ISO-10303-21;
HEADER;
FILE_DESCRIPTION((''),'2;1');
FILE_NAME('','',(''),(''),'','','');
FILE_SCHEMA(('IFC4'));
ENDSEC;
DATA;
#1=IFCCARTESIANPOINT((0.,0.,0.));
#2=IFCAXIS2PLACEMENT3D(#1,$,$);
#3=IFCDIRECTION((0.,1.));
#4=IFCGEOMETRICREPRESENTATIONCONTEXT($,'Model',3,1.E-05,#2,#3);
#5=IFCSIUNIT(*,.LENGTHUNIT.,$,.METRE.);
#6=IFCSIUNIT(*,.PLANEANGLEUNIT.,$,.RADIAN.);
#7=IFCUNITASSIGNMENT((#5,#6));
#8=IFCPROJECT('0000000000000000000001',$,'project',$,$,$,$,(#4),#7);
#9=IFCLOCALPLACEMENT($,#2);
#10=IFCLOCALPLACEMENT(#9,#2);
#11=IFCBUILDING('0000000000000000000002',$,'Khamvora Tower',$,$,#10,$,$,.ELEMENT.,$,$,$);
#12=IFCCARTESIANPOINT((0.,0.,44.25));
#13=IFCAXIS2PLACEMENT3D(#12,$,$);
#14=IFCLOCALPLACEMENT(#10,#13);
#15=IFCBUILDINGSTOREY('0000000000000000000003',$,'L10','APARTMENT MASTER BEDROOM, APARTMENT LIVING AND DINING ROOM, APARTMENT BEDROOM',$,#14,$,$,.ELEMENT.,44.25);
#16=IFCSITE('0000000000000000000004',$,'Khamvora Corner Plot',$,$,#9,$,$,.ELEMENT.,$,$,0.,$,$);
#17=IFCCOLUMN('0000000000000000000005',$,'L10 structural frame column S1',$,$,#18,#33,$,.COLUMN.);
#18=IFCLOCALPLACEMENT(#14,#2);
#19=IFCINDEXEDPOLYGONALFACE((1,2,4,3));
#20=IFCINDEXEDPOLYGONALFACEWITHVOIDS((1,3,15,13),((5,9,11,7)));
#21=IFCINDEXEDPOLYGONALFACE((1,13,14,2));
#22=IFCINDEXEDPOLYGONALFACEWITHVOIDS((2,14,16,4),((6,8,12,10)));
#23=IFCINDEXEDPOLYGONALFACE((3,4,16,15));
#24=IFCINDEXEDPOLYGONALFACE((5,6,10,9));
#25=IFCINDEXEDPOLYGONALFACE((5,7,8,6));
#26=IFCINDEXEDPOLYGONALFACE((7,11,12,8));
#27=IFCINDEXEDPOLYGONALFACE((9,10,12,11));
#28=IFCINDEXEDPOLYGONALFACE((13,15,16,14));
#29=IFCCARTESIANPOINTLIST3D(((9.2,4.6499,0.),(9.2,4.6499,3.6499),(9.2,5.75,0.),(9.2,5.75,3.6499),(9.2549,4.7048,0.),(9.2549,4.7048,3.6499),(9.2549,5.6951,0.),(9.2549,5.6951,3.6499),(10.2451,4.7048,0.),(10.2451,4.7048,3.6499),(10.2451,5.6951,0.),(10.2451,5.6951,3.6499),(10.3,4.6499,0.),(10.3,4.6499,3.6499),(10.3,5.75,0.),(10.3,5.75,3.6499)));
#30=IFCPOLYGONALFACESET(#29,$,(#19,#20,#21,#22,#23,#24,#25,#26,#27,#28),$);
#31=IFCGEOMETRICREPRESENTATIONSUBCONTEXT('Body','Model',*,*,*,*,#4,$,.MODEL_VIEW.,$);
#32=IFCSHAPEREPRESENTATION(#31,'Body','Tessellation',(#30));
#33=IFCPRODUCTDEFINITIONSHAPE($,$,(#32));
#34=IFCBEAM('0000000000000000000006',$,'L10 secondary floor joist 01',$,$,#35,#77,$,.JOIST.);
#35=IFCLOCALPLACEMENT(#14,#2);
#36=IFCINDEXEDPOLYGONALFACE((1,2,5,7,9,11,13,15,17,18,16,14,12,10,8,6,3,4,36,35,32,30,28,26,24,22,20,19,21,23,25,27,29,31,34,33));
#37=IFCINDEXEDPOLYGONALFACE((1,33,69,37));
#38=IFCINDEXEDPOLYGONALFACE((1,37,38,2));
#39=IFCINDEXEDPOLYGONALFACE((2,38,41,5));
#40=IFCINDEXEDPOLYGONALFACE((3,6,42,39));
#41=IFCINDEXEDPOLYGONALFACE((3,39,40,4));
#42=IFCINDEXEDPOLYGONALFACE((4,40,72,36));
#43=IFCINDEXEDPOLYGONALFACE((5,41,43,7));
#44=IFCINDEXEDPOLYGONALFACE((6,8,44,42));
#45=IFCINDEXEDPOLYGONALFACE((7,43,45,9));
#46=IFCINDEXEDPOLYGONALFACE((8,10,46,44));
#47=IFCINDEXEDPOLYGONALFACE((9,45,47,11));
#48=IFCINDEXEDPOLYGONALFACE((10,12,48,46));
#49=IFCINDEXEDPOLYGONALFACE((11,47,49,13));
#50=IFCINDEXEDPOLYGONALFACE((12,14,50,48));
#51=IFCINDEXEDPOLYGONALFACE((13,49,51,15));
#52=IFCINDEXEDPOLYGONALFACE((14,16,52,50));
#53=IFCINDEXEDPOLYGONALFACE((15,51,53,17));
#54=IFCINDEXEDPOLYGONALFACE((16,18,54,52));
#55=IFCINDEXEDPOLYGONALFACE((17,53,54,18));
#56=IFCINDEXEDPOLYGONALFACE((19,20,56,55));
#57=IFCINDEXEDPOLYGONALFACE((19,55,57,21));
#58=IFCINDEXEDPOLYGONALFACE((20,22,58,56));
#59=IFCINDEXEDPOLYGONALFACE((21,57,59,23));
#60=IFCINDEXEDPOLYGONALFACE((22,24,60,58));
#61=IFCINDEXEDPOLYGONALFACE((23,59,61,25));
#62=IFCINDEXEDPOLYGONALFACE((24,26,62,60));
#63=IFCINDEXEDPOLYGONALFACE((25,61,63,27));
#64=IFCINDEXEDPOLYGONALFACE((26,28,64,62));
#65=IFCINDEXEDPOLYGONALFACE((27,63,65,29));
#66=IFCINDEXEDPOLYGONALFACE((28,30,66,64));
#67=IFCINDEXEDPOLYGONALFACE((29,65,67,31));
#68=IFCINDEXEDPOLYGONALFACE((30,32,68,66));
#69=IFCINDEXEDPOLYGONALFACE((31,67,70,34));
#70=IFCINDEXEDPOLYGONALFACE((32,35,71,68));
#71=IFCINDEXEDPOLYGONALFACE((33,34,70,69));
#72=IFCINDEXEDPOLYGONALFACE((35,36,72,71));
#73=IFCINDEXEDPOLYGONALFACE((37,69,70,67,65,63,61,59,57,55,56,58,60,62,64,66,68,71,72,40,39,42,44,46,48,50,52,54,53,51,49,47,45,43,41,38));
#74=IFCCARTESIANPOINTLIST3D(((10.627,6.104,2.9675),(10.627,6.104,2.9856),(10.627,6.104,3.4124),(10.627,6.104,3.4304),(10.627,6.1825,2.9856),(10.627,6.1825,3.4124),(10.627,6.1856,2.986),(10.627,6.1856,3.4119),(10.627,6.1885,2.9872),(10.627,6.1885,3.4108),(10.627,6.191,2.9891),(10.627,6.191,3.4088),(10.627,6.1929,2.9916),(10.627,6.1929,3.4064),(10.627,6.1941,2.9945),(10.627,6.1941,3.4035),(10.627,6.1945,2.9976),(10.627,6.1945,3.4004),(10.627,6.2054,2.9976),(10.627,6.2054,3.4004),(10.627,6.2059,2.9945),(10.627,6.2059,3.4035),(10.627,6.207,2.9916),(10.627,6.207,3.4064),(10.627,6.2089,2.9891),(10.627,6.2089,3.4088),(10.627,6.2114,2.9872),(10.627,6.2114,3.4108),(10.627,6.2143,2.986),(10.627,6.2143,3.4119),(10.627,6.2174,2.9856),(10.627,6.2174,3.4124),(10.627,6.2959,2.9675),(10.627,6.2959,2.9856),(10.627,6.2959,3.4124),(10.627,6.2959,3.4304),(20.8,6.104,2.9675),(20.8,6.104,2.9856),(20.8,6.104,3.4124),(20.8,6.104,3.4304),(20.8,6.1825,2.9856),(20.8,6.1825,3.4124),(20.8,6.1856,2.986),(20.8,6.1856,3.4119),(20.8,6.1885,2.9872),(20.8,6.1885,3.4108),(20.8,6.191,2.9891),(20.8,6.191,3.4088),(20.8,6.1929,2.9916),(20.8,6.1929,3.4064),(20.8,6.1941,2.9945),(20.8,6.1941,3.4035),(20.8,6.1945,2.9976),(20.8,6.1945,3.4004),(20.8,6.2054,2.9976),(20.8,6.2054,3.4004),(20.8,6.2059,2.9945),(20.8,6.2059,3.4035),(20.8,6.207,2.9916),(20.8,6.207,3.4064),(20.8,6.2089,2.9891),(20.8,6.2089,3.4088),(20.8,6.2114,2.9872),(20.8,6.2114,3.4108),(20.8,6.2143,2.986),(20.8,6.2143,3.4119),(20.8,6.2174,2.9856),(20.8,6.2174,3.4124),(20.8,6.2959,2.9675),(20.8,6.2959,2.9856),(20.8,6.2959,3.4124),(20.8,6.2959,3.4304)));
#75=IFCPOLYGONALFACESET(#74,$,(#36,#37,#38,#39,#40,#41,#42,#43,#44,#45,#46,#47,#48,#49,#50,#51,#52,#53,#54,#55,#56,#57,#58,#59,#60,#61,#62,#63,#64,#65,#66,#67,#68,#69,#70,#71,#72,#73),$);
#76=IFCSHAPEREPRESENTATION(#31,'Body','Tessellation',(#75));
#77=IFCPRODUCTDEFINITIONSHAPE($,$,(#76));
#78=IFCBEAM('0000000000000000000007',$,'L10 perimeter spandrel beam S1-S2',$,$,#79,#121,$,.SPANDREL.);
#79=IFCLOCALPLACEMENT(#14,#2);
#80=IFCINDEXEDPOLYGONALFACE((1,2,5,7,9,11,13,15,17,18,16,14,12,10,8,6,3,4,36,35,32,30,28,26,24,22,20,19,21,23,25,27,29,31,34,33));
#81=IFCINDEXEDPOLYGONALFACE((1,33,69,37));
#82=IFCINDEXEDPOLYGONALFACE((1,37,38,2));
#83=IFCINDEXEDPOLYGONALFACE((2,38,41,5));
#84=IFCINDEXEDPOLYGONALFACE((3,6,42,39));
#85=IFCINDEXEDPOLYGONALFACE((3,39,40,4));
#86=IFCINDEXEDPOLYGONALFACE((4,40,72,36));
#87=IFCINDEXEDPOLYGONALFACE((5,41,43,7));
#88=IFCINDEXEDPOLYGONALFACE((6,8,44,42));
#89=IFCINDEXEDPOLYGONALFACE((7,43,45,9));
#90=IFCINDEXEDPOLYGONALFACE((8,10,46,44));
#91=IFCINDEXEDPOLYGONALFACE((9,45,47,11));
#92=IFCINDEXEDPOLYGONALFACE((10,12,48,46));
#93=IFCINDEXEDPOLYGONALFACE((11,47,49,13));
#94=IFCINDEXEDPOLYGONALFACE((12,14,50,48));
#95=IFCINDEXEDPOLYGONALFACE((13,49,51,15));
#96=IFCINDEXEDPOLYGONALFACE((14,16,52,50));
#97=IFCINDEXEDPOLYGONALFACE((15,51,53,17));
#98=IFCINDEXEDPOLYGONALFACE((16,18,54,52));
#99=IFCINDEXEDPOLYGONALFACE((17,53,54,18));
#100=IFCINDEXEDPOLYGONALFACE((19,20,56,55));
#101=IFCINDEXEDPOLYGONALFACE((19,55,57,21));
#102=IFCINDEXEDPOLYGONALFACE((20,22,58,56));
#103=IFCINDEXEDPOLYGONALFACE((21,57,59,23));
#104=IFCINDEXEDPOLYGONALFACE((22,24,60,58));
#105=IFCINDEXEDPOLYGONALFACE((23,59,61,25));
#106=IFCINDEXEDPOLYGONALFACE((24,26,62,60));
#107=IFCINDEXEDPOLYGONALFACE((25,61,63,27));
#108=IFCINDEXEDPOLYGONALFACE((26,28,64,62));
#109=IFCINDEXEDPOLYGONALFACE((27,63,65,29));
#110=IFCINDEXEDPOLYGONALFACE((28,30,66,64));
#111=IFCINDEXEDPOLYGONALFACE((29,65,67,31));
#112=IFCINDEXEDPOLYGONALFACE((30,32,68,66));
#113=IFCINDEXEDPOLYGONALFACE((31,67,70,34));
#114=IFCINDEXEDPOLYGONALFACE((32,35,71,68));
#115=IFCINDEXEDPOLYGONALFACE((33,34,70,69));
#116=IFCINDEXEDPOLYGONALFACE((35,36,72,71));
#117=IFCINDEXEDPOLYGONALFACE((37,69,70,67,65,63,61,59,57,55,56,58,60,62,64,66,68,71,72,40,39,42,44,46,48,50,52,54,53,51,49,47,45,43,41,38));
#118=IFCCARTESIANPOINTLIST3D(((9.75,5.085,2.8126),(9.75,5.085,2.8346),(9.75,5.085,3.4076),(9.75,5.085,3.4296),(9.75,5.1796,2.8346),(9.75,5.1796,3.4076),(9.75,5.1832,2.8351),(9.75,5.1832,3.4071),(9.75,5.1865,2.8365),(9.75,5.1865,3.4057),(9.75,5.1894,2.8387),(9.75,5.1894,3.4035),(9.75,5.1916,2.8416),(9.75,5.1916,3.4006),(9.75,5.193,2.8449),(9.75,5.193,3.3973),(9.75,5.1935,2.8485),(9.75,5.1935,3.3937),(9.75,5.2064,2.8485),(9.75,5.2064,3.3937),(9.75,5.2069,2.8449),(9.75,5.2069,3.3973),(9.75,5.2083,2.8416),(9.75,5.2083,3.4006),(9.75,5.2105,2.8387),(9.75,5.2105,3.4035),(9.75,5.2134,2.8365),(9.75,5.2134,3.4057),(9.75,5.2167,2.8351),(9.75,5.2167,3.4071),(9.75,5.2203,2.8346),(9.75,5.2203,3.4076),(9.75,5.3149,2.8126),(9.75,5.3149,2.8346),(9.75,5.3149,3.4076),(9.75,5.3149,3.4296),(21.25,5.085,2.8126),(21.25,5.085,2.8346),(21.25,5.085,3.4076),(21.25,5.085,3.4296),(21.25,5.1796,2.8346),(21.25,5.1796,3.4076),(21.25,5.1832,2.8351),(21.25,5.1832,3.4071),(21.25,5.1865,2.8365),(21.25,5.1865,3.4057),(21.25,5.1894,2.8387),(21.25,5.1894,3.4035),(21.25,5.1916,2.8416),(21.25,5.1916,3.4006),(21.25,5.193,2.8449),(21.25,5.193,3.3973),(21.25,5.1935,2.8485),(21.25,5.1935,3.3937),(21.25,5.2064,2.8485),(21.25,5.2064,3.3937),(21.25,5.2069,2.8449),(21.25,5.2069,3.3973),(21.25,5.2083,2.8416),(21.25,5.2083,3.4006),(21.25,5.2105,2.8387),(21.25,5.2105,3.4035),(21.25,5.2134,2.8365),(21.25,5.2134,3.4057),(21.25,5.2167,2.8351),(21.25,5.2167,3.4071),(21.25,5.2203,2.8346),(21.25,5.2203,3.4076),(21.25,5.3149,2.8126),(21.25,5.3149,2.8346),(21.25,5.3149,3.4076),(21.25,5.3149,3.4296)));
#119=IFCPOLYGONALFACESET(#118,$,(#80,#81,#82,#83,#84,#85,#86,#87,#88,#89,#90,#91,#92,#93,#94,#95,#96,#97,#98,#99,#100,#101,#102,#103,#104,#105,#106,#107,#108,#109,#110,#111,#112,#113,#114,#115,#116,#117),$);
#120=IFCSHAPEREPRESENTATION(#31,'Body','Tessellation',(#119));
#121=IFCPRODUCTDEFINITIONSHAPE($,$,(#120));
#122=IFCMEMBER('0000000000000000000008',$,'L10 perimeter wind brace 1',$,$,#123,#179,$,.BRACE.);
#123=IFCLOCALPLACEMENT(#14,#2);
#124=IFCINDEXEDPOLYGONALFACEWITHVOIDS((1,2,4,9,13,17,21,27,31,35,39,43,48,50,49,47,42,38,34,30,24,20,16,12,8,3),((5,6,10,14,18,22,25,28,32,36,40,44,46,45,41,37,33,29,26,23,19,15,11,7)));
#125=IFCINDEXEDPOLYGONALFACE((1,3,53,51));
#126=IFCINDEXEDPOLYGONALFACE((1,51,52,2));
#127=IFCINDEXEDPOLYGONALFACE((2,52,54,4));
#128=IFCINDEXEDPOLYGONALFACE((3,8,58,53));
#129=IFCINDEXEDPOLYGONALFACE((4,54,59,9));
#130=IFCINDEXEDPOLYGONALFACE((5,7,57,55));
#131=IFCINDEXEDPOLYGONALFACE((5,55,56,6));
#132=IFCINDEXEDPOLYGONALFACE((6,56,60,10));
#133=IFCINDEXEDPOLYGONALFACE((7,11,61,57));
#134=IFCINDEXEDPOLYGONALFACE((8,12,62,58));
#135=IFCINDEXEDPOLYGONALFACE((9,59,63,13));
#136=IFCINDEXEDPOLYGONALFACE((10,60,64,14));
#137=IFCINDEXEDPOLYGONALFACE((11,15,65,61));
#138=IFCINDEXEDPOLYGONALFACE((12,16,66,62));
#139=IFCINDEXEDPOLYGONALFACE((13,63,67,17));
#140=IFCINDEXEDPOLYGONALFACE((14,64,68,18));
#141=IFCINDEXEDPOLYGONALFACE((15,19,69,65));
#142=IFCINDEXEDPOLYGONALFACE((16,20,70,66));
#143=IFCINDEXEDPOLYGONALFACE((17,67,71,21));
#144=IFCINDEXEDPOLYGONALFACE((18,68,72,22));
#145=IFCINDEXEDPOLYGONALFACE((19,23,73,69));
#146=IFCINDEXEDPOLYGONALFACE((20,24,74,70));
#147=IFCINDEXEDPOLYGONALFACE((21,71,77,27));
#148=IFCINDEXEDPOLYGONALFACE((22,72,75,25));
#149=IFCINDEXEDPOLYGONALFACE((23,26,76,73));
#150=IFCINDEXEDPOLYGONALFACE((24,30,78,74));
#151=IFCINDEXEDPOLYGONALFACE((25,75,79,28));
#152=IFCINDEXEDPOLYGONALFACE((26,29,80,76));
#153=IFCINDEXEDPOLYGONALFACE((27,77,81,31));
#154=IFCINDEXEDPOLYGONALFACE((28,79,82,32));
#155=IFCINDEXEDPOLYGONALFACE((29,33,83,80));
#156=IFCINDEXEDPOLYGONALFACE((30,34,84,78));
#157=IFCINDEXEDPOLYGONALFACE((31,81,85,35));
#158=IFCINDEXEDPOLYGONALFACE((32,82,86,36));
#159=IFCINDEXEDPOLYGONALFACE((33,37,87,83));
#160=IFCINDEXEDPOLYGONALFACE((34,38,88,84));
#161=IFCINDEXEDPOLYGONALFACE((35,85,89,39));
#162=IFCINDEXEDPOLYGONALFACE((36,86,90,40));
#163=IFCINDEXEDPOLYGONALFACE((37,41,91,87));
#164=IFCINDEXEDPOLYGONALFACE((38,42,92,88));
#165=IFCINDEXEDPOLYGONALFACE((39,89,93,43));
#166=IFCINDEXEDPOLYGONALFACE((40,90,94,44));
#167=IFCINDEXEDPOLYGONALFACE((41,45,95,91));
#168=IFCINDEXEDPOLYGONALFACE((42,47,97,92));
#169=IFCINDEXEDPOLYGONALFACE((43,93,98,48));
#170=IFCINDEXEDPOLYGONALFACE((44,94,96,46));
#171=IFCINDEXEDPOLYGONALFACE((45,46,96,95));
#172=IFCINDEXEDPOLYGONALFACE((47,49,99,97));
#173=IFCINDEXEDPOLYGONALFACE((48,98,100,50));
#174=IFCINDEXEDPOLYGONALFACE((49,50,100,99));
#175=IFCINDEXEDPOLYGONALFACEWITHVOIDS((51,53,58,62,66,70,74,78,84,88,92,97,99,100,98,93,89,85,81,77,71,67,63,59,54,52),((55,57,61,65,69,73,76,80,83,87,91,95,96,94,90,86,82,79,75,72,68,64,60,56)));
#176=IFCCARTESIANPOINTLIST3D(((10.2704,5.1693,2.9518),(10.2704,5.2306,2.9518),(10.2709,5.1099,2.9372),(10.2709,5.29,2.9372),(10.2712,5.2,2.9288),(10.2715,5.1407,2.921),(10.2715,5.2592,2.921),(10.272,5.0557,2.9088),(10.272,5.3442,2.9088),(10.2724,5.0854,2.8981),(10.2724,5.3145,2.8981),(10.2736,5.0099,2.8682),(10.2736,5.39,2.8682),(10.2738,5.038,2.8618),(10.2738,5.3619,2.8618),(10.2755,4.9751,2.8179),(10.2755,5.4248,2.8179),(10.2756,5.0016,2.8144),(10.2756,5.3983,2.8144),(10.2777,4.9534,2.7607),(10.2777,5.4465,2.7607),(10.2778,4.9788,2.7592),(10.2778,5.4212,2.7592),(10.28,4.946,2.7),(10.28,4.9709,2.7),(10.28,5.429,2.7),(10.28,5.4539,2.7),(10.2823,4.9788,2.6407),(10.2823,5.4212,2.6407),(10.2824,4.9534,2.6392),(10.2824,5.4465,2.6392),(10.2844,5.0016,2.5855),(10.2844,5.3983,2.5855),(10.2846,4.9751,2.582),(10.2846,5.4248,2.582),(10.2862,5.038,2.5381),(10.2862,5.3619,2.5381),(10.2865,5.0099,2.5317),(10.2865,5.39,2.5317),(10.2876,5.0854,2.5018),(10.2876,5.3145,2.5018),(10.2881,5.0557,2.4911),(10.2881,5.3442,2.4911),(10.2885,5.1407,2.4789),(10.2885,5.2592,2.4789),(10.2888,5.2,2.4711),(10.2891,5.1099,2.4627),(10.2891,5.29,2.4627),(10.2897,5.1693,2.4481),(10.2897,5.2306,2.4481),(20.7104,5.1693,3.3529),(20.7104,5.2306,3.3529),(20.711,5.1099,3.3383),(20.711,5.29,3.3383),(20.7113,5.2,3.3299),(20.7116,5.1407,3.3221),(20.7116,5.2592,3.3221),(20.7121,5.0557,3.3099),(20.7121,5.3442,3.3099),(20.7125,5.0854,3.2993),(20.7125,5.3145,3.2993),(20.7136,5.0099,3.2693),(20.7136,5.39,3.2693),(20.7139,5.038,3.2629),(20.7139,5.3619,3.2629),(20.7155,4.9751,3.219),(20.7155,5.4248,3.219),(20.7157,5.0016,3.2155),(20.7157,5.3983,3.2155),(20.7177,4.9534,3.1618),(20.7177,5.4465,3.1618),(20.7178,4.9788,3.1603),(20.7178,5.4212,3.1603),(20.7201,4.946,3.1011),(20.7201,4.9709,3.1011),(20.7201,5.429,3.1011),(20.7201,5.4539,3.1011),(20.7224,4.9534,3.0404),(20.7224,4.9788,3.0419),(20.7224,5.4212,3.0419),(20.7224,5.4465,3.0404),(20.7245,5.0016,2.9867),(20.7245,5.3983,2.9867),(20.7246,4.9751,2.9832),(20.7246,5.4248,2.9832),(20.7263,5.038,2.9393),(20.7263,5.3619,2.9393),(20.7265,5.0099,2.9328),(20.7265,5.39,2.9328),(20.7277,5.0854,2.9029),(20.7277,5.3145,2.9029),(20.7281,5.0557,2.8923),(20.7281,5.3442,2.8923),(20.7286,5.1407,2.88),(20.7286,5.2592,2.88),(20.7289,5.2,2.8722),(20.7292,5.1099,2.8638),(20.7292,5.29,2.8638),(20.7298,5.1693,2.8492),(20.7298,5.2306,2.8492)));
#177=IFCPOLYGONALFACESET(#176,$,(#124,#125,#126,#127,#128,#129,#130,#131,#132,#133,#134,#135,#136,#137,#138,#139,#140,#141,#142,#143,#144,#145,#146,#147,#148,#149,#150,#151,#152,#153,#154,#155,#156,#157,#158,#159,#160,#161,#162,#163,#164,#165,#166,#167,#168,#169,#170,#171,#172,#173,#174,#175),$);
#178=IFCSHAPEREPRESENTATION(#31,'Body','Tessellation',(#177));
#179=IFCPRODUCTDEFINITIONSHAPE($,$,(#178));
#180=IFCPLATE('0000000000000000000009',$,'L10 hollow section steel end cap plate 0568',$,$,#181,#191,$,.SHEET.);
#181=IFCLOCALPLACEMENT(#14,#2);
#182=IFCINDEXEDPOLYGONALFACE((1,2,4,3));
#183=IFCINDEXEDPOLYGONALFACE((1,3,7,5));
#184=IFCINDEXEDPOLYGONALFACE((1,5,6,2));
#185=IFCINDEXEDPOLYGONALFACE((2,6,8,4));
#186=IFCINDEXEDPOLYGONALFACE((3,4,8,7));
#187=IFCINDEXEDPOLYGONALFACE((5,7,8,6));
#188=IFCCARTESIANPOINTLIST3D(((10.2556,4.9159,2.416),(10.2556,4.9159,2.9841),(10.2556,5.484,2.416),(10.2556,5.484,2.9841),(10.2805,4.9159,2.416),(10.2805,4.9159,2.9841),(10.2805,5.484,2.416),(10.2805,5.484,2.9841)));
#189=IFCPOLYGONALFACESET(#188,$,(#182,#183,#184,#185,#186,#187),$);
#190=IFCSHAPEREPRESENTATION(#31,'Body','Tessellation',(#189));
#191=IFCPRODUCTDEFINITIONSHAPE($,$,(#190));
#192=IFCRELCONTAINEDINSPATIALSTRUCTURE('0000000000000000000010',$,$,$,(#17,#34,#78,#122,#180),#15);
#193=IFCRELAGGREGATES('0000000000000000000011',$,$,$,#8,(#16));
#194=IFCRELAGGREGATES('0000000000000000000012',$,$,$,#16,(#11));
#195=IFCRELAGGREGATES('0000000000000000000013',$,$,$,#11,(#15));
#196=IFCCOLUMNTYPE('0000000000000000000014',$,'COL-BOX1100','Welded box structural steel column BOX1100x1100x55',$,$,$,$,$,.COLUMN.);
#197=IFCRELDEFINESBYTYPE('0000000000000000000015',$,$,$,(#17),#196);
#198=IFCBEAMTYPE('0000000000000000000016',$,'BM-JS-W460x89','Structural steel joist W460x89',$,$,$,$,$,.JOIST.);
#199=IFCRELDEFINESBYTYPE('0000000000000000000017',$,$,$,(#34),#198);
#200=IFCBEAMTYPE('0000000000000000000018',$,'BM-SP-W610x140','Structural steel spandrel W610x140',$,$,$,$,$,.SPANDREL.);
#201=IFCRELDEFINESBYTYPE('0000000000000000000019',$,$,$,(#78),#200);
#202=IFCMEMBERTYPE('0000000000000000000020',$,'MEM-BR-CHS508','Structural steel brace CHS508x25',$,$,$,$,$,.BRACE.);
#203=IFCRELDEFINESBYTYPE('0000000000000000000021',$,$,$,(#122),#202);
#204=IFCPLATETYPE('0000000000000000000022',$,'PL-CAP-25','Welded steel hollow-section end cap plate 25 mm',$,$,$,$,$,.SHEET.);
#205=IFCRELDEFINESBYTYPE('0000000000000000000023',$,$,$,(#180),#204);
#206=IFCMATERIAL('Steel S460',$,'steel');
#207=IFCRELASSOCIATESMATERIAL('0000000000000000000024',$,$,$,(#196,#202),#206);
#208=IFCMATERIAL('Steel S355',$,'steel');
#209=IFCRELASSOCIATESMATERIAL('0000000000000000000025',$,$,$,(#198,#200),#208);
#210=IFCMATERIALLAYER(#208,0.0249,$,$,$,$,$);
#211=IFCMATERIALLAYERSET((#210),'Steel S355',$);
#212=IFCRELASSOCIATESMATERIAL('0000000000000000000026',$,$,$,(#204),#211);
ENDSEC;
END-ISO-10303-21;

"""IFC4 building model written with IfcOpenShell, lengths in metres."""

from ifc_helpers import new_model, si_unit, direction, frame, origin, origin_2d, place, context, subcontext, project, spatial, rectangle, hollow_rectangle, hollow_circle, i_section, extrude, material, layer, layer_set, material_profile, profile_set, type_object, element, save


model = new_model("IFC4")

# Units and contexts
model_context = context("Model", 3, precision=1e-05, world=origin(), true_north=direction((0.0, 1.0)))
body_context = subcontext(model_context, "Body", "Model", "MODEL_VIEW")
ifc_project = project(units=[si_unit("LENGTHUNIT", "METRE"), si_unit("PLANEANGLEUNIT", "RADIAN")], contexts=[model_context])

# Site, building, storey
site_placement = place(None, origin())
site = spatial("IfcSite", under=ifc_project, at=site_placement, Name="Khamvora Corner Plot", CompositionType="ELEMENT", RefElevation=0.0)
building_placement = place(site_placement, origin())
building = spatial("IfcBuilding", under=site, at=building_placement, Name="Khamvora Tower", CompositionType="ELEMENT")
storey_placement = place(building_placement, frame((0.0, 0.0, 44.25)))
storey = spatial("IfcBuildingStorey", under=building, at=storey_placement, Name="L10", Description="APARTMENT MASTER BEDROOM, APARTMENT LIVING AND DINING ROOM, APARTMENT BEDROOM", CompositionType="ELEMENT", Elevation=44.25)

# Column
ifc_material_1 = material(Name="Steel S460", Category="steel")
ifc_material_profile_1 = material_profile(ifc_material_1, hollow_rectangle(XDim=1.1001, YDim=1.1001, WallThickness=0.0549, at=origin_2d()), Name="BOX1100x1100x55")
ifc_profile_set_1 = profile_set([ifc_material_profile_1], Name="Steel S460")
column_type = type_object("IfcColumnType", Name="COL-BOX1100", Description="Welded box structural steel column BOX1100x1100x55", PredefinedType="COLUMN", material=ifc_profile_set_1)
column_placement = place(storey_placement, frame((9.75, 5.2, 0.0), z_axis=(0.0, 0.0, 1.0), x_axis=(1.0, 0.0, 0.0)))
element("IfcColumn", 1, at=column_placement, inside=storey, type_object=column_type, Name="L10 structural frame column S1", PredefinedType="COLUMN", context=body_context, shape_type="SweptSolid", body=[
    extrude(hollow_rectangle(XDim=1.1001, YDim=1.1001, WallThickness=0.0549, at=origin_2d()), origin(), (0.0, 0.0, 1.0), 3.6499),
])

# Beams
ifc_material_2 = material(Name="Steel S355", Category="steel")
ifc_material_profile_2 = material_profile(ifc_material_2, i_section(OverallWidth=0.1919, OverallDepth=0.4629, WebThickness=0.011, FlangeThickness=0.0181, FilletRadius=0.012, at=origin_2d()), Name="W460x89")
ifc_profile_set_2 = profile_set([ifc_material_profile_2], Name="Steel S355")
beam_type_1 = type_object("IfcBeamType", Name="BM-JS-W460x89", Description="Structural steel joist W460x89", PredefinedType="JOIST", material=ifc_profile_set_2)
beam_1_placement = place(storey_placement, frame((10.627, 6.2, 3.199), z_axis=(1.0, 0.0, 0.0), x_axis=(0.0, 1.0, 0.0)))
element("IfcBeam", 2, at=beam_1_placement, inside=storey, type_object=beam_type_1, Name="L10 secondary floor joist 01", PredefinedType="JOIST", context=body_context, shape_type="SweptSolid", body=[
    extrude(i_section(OverallWidth=0.1919, OverallDepth=0.4629, WebThickness=0.011, FlangeThickness=0.0181, FilletRadius=0.012, at=origin_2d()), origin(), (0.0, 0.0, 1.0), 10.1731),
])
ifc_material_profile_3 = material_profile(ifc_material_2, i_section(OverallWidth=0.23, OverallDepth=0.6169, WebThickness=0.0129, FlangeThickness=0.022, FilletRadius=0.0139, at=origin_2d()), Name="W610x140")
ifc_profile_set_3 = profile_set([ifc_material_profile_3], Name="Steel S355")
beam_type_2 = type_object("IfcBeamType", Name="BM-SP-W610x140", Description="Structural steel spandrel W610x140", PredefinedType="SPANDREL", material=ifc_profile_set_3)
beam_2_placement = place(storey_placement, frame((9.75, 5.2, 3.1211), z_axis=(1.0, 0.0, 0.0), x_axis=(0.0, 1.0, 0.0)))
element("IfcBeam", 3, at=beam_2_placement, inside=storey, type_object=beam_type_2, Name="L10 perimeter spandrel beam S1-S2", PredefinedType="SPANDREL", context=body_context, shape_type="SweptSolid", body=[
    extrude(i_section(OverallWidth=0.23, OverallDepth=0.6169, WebThickness=0.0129, FlangeThickness=0.022, FilletRadius=0.0139, at=origin_2d()), origin(), (0.0, 0.0, 1.0), 11.5),
])

# Member
ifc_material_profile_4 = material_profile(ifc_material_1, hollow_circle(Radius=0.2539, WallThickness=0.0249, at=origin_2d()), Name="CHS508x25")
ifc_profile_set_4 = profile_set([ifc_material_profile_4], Name="Steel S460")
member_type = type_object("IfcMemberType", Name="MEM-BR-CHS508", Description="Structural steel brace CHS508x25", PredefinedType="BRACE", material=ifc_profile_set_4)
member_placement = place(storey_placement, frame((10.28, 5.2, 2.7), z_axis=(0.999263, 0.0, 0.038394), x_axis=(0.0, 1.0, 0.0)))
element("IfcMember", 4, at=member_placement, inside=storey, type_object=member_type, Name="L10 perimeter wind brace 1", PredefinedType="BRACE", context=body_context, shape_type="SweptSolid", body=[
    extrude(hollow_circle(Radius=0.2539, WallThickness=0.0249, at=origin_2d()), origin(), (0.0, 0.0, 1.0), 10.4478),
])

# Plate
ifc_layer_1 = layer(ifc_material_2, 0.0249)
ifc_layer_set_1 = layer_set([ifc_layer_1], Name="Steel S355")
plate_type_1 = type_object("IfcPlateType", Name="PL-CAP-25", Description="Welded steel hollow-section end cap plate 25 mm", PredefinedType="SHEET", material=ifc_layer_set_1)
plate_1_placement = place(storey_placement, frame((10.2681, 5.2, 2.416), z_axis=(0.0, 0.0, 1.0), x_axis=(1.0, 0.0, 0.0)))
element("IfcPlate", 5, at=plate_1_placement, inside=storey, type_object=plate_type_1, Name="L10 hollow section steel end cap plate 0568", PredefinedType="SHEET", context=body_context, shape_type="SweptSolid", body=[
    extrude(rectangle(XDim=0.0249, YDim=0.5681, at=origin_2d()), origin(), (0.0, 0.0, 1.0), 0.5681),
])

save(model, "model.ifc")
